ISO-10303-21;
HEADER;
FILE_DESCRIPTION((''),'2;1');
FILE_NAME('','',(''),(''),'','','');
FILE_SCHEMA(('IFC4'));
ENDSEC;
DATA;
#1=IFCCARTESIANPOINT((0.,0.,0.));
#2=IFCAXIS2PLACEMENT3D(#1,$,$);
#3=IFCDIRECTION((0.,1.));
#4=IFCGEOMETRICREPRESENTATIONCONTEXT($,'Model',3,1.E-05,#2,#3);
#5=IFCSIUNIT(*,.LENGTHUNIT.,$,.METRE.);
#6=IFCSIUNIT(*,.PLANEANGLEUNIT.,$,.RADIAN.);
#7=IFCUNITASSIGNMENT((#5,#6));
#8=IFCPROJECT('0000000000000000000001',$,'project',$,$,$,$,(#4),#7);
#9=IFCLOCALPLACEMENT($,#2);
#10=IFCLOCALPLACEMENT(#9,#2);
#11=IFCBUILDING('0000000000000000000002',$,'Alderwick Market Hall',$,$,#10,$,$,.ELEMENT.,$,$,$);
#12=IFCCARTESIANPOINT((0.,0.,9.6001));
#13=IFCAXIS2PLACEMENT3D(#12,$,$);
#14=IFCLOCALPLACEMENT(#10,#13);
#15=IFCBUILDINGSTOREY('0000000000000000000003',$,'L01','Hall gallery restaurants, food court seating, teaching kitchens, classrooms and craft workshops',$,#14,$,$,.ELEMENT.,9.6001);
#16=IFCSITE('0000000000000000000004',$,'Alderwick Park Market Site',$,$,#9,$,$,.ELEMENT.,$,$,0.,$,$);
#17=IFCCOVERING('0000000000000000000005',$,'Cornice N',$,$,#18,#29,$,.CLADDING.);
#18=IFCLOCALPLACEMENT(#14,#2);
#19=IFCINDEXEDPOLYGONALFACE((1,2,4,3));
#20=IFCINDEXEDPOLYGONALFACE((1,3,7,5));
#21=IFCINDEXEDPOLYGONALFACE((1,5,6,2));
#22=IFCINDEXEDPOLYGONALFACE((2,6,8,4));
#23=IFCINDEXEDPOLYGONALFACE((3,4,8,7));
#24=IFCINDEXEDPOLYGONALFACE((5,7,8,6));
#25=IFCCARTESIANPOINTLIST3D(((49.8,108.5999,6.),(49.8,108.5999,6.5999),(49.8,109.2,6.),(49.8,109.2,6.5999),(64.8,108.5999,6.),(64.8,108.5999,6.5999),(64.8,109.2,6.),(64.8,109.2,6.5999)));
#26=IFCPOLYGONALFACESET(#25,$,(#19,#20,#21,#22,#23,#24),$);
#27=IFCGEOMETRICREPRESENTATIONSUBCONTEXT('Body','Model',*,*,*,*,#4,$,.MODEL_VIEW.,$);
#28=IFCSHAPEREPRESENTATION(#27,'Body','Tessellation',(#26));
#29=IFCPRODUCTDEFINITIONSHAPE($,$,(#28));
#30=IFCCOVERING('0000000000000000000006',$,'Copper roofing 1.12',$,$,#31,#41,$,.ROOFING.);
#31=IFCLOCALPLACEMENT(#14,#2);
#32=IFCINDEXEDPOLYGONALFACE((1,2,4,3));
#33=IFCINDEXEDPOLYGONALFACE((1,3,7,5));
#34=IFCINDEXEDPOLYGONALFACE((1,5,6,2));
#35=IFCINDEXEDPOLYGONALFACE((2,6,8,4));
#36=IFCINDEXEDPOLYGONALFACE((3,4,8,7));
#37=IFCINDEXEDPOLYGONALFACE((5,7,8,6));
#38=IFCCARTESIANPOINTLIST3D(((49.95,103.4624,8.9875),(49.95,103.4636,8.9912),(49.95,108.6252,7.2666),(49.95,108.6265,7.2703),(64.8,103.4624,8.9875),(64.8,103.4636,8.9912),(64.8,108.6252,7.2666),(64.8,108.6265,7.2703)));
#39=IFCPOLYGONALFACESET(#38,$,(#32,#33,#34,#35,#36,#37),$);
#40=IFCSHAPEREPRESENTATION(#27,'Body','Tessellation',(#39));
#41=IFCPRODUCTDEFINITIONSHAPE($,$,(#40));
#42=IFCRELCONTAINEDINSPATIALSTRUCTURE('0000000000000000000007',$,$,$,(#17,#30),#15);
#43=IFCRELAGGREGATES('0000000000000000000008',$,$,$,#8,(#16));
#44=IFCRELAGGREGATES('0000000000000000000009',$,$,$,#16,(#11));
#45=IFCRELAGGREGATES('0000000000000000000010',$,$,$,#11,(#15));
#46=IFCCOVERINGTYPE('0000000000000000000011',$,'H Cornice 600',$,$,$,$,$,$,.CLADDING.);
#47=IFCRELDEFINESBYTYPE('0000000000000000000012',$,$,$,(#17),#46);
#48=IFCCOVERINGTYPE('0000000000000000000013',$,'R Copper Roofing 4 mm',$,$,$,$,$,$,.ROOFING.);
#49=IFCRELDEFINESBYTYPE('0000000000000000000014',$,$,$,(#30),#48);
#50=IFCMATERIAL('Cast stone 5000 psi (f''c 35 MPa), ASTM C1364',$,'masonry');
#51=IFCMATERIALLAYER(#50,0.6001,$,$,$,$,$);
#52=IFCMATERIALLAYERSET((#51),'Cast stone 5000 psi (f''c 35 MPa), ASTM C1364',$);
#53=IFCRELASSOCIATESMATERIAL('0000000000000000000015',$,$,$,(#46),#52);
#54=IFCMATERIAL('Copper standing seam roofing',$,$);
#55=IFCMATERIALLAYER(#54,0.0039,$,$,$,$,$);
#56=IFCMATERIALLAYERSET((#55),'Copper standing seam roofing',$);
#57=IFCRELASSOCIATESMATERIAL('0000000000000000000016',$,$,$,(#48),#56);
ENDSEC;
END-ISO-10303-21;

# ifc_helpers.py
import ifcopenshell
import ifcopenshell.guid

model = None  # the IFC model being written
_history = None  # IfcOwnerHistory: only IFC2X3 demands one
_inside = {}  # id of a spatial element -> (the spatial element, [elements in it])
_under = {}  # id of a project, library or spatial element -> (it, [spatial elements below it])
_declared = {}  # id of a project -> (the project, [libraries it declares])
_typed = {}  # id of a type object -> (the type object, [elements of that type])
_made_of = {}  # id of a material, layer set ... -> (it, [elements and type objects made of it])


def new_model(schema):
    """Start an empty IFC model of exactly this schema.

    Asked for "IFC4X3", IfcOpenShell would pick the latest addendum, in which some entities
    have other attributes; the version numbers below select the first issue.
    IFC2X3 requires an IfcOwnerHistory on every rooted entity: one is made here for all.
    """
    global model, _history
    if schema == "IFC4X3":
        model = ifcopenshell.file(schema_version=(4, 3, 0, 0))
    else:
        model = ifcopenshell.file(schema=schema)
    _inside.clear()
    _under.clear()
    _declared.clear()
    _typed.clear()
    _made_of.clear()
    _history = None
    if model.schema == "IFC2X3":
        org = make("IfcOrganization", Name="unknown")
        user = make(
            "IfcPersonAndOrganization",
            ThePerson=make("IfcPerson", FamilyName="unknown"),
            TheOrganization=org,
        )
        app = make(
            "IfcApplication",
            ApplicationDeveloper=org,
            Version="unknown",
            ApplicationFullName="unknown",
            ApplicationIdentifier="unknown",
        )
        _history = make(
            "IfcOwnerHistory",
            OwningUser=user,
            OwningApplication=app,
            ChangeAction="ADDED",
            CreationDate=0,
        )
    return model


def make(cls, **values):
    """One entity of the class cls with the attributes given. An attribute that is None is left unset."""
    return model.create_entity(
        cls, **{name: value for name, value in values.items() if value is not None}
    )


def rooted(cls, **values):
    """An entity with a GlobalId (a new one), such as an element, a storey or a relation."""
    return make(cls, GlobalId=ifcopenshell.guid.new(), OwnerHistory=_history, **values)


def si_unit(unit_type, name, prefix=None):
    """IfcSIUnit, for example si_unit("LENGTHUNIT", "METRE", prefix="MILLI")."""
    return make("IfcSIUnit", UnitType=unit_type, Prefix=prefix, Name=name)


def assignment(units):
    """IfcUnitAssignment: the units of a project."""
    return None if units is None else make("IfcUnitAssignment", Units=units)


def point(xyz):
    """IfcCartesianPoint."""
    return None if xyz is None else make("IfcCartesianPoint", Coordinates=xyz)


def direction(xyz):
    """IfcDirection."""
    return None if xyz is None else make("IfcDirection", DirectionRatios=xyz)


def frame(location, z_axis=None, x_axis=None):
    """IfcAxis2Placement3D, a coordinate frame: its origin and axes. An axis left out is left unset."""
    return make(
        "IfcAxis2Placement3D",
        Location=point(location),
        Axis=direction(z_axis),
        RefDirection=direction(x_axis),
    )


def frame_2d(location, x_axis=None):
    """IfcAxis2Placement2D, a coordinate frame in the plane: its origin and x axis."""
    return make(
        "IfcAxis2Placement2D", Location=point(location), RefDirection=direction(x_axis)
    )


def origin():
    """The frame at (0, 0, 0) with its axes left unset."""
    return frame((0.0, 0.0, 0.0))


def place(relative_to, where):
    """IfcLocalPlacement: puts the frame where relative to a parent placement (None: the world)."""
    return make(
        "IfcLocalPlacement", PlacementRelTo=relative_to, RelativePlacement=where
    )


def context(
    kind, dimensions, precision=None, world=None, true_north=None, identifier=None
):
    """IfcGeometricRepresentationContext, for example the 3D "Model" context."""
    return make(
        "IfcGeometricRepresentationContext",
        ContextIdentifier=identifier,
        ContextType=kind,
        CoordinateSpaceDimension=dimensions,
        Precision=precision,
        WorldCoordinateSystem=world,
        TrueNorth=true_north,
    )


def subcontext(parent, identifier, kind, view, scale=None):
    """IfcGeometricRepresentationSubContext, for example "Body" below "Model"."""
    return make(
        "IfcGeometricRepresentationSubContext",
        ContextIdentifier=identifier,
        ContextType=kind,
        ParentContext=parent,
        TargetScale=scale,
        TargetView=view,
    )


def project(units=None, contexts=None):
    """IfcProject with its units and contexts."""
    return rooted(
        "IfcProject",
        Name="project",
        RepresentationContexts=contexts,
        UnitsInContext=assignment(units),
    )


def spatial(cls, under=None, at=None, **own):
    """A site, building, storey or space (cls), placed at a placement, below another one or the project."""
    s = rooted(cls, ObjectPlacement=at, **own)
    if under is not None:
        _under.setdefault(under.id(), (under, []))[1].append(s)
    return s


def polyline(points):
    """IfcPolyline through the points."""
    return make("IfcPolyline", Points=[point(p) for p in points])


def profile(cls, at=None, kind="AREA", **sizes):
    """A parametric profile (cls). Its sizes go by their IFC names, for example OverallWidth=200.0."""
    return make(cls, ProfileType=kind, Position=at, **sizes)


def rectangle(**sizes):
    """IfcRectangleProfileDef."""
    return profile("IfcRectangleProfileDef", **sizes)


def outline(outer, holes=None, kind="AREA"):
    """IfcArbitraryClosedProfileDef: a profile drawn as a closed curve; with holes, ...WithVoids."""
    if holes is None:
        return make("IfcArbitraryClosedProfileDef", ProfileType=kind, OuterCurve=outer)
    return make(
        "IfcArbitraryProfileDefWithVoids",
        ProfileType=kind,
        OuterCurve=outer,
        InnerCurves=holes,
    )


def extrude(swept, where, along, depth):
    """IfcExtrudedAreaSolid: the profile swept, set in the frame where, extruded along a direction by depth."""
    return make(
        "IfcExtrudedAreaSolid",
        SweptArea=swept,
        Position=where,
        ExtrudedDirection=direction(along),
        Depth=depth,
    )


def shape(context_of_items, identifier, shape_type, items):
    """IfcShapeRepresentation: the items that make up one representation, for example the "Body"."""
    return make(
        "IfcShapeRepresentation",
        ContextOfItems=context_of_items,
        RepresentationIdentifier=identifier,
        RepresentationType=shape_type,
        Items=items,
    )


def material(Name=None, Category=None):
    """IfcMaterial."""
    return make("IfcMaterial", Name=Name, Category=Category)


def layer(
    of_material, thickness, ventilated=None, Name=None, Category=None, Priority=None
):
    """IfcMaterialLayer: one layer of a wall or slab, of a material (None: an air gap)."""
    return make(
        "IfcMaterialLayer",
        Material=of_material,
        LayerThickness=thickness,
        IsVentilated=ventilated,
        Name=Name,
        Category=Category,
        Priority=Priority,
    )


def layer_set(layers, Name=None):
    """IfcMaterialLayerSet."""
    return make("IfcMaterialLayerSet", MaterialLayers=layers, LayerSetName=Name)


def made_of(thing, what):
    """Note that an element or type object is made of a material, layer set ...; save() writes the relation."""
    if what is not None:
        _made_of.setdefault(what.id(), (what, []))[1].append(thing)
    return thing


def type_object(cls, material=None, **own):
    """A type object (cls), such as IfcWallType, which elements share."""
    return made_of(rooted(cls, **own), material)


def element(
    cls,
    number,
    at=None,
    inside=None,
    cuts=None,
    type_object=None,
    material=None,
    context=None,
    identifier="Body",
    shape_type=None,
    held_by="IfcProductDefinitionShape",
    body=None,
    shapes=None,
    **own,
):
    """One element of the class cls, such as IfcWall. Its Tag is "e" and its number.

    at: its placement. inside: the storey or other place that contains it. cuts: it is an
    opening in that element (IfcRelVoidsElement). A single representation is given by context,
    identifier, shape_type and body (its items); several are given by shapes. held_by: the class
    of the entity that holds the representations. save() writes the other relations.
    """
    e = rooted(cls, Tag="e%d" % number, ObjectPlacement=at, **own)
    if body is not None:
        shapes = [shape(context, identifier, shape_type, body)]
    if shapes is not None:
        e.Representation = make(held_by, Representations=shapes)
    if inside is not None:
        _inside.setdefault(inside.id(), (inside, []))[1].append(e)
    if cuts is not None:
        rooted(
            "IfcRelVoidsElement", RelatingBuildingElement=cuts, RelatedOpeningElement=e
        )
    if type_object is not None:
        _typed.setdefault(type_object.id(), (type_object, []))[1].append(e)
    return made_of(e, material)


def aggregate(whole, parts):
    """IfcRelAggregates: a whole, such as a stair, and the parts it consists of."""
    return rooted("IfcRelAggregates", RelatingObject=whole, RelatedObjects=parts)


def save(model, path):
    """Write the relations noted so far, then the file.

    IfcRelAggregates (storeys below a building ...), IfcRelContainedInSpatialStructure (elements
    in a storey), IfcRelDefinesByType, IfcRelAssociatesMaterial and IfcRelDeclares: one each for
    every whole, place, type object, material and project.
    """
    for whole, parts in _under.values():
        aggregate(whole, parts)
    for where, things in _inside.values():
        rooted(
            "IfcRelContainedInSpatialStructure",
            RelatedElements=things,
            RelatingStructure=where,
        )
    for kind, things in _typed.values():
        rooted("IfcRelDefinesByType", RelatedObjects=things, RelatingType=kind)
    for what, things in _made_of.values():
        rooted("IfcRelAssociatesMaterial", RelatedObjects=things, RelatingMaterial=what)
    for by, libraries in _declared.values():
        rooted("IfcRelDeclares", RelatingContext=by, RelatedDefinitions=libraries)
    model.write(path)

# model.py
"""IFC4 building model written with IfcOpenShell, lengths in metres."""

from ifc_helpers import new_model, si_unit, direction, frame, frame_2d, origin, place, context, subcontext, project, spatial, polyline, rectangle, outline, extrude, material, layer, layer_set, type_object, element, save


model = new_model("IFC4")

# Units and contexts
model_context = context("Model", 3, precision=1e-05, world=origin(), true_north=direction((0.0, 1.0)))
body_context = subcontext(model_context, "Body", "Model", "MODEL_VIEW")
ifc_project = project(units=[si_unit("LENGTHUNIT", "METRE"), si_unit("PLANEANGLEUNIT", "RADIAN")], contexts=[model_context])

# Site, building, storey
site_placement = place(None, origin())
site = spatial("IfcSite", under=ifc_project, at=site_placement, Name="Alderwick Park Market Site", CompositionType="ELEMENT", RefElevation=0.0)
building_placement = place(site_placement, origin())
building = spatial("IfcBuilding", under=site, at=building_placement, Name="Alderwick Market Hall", CompositionType="ELEMENT")
storey_placement = place(building_placement, frame((0.0, 0.0, 9.6001)))
storey = spatial("IfcBuildingStorey", under=building, at=storey_placement, Name="L01", Description="Hall gallery restaurants, food court seating, teaching kitchens, classrooms and craft workshops", CompositionType="ELEMENT", Elevation=9.6001)

# Coverings
ifc_material_1 = material(Name="Cast stone 5000 psi (f'c 35 MPa), ASTM C1364", Category="masonry")
ifc_layer_1 = layer(ifc_material_1, 0.6001)
ifc_layer_set_1 = layer_set([ifc_layer_1], Name="Cast stone 5000 psi (f'c 35 MPa), ASTM C1364")
covering_type_1 = type_object("IfcCoveringType", Name="H Cornice 600", PredefinedType="CLADDING", material=ifc_layer_set_1)
covering_1_placement = place(storey_placement, frame((49.8, 108.8999, 6.0), z_axis=(0.0, 0.0, 1.0), x_axis=(1.0, 0.0, 0.0)))
element("IfcCovering", 1, at=covering_1_placement, inside=storey, type_object=covering_type_1, Name="Cornice N", PredefinedType="CLADDING", context=body_context, shape_type="SweptSolid", body=[
    extrude(rectangle(XDim=15.0, YDim=0.6001, at=frame_2d((7.5, 0.0))), origin(), (0.0, 0.0, 1.0), 0.5999),
])
ifc_material_2 = material(Name="Copper standing seam roofing")
ifc_layer_2 = layer(ifc_material_2, 0.0039)
ifc_layer_set_2 = layer_set([ifc_layer_2], Name="Copper standing seam roofing")
covering_type_2 = type_object("IfcCoveringType", Name="R Copper Roofing 4 mm", PredefinedType="ROOFING", material=ifc_layer_set_2)
covering_2_placement = place(storey_placement, frame((49.95, 103.4636, 8.9912), z_axis=(0.0, 0.316228, 0.948683), x_axis=(1.0, 0.0, 0.0)))
element("IfcCovering", 2, at=covering_2_placement, inside=storey, type_object=covering_type_2, Name="Copper roofing 1.12", PredefinedType="ROOFING", context=body_context, shape_type="SweptSolid", body=[
    extrude(outline(polyline([(0.0, 0.0), (14.8501, 0.0), (14.8501, 5.4421), (0.0, 5.4421), (0.0, 0.0)])), origin(), (0.0, 0.0, -1.0), 0.0039),
])

save(model, "model.ifc")
